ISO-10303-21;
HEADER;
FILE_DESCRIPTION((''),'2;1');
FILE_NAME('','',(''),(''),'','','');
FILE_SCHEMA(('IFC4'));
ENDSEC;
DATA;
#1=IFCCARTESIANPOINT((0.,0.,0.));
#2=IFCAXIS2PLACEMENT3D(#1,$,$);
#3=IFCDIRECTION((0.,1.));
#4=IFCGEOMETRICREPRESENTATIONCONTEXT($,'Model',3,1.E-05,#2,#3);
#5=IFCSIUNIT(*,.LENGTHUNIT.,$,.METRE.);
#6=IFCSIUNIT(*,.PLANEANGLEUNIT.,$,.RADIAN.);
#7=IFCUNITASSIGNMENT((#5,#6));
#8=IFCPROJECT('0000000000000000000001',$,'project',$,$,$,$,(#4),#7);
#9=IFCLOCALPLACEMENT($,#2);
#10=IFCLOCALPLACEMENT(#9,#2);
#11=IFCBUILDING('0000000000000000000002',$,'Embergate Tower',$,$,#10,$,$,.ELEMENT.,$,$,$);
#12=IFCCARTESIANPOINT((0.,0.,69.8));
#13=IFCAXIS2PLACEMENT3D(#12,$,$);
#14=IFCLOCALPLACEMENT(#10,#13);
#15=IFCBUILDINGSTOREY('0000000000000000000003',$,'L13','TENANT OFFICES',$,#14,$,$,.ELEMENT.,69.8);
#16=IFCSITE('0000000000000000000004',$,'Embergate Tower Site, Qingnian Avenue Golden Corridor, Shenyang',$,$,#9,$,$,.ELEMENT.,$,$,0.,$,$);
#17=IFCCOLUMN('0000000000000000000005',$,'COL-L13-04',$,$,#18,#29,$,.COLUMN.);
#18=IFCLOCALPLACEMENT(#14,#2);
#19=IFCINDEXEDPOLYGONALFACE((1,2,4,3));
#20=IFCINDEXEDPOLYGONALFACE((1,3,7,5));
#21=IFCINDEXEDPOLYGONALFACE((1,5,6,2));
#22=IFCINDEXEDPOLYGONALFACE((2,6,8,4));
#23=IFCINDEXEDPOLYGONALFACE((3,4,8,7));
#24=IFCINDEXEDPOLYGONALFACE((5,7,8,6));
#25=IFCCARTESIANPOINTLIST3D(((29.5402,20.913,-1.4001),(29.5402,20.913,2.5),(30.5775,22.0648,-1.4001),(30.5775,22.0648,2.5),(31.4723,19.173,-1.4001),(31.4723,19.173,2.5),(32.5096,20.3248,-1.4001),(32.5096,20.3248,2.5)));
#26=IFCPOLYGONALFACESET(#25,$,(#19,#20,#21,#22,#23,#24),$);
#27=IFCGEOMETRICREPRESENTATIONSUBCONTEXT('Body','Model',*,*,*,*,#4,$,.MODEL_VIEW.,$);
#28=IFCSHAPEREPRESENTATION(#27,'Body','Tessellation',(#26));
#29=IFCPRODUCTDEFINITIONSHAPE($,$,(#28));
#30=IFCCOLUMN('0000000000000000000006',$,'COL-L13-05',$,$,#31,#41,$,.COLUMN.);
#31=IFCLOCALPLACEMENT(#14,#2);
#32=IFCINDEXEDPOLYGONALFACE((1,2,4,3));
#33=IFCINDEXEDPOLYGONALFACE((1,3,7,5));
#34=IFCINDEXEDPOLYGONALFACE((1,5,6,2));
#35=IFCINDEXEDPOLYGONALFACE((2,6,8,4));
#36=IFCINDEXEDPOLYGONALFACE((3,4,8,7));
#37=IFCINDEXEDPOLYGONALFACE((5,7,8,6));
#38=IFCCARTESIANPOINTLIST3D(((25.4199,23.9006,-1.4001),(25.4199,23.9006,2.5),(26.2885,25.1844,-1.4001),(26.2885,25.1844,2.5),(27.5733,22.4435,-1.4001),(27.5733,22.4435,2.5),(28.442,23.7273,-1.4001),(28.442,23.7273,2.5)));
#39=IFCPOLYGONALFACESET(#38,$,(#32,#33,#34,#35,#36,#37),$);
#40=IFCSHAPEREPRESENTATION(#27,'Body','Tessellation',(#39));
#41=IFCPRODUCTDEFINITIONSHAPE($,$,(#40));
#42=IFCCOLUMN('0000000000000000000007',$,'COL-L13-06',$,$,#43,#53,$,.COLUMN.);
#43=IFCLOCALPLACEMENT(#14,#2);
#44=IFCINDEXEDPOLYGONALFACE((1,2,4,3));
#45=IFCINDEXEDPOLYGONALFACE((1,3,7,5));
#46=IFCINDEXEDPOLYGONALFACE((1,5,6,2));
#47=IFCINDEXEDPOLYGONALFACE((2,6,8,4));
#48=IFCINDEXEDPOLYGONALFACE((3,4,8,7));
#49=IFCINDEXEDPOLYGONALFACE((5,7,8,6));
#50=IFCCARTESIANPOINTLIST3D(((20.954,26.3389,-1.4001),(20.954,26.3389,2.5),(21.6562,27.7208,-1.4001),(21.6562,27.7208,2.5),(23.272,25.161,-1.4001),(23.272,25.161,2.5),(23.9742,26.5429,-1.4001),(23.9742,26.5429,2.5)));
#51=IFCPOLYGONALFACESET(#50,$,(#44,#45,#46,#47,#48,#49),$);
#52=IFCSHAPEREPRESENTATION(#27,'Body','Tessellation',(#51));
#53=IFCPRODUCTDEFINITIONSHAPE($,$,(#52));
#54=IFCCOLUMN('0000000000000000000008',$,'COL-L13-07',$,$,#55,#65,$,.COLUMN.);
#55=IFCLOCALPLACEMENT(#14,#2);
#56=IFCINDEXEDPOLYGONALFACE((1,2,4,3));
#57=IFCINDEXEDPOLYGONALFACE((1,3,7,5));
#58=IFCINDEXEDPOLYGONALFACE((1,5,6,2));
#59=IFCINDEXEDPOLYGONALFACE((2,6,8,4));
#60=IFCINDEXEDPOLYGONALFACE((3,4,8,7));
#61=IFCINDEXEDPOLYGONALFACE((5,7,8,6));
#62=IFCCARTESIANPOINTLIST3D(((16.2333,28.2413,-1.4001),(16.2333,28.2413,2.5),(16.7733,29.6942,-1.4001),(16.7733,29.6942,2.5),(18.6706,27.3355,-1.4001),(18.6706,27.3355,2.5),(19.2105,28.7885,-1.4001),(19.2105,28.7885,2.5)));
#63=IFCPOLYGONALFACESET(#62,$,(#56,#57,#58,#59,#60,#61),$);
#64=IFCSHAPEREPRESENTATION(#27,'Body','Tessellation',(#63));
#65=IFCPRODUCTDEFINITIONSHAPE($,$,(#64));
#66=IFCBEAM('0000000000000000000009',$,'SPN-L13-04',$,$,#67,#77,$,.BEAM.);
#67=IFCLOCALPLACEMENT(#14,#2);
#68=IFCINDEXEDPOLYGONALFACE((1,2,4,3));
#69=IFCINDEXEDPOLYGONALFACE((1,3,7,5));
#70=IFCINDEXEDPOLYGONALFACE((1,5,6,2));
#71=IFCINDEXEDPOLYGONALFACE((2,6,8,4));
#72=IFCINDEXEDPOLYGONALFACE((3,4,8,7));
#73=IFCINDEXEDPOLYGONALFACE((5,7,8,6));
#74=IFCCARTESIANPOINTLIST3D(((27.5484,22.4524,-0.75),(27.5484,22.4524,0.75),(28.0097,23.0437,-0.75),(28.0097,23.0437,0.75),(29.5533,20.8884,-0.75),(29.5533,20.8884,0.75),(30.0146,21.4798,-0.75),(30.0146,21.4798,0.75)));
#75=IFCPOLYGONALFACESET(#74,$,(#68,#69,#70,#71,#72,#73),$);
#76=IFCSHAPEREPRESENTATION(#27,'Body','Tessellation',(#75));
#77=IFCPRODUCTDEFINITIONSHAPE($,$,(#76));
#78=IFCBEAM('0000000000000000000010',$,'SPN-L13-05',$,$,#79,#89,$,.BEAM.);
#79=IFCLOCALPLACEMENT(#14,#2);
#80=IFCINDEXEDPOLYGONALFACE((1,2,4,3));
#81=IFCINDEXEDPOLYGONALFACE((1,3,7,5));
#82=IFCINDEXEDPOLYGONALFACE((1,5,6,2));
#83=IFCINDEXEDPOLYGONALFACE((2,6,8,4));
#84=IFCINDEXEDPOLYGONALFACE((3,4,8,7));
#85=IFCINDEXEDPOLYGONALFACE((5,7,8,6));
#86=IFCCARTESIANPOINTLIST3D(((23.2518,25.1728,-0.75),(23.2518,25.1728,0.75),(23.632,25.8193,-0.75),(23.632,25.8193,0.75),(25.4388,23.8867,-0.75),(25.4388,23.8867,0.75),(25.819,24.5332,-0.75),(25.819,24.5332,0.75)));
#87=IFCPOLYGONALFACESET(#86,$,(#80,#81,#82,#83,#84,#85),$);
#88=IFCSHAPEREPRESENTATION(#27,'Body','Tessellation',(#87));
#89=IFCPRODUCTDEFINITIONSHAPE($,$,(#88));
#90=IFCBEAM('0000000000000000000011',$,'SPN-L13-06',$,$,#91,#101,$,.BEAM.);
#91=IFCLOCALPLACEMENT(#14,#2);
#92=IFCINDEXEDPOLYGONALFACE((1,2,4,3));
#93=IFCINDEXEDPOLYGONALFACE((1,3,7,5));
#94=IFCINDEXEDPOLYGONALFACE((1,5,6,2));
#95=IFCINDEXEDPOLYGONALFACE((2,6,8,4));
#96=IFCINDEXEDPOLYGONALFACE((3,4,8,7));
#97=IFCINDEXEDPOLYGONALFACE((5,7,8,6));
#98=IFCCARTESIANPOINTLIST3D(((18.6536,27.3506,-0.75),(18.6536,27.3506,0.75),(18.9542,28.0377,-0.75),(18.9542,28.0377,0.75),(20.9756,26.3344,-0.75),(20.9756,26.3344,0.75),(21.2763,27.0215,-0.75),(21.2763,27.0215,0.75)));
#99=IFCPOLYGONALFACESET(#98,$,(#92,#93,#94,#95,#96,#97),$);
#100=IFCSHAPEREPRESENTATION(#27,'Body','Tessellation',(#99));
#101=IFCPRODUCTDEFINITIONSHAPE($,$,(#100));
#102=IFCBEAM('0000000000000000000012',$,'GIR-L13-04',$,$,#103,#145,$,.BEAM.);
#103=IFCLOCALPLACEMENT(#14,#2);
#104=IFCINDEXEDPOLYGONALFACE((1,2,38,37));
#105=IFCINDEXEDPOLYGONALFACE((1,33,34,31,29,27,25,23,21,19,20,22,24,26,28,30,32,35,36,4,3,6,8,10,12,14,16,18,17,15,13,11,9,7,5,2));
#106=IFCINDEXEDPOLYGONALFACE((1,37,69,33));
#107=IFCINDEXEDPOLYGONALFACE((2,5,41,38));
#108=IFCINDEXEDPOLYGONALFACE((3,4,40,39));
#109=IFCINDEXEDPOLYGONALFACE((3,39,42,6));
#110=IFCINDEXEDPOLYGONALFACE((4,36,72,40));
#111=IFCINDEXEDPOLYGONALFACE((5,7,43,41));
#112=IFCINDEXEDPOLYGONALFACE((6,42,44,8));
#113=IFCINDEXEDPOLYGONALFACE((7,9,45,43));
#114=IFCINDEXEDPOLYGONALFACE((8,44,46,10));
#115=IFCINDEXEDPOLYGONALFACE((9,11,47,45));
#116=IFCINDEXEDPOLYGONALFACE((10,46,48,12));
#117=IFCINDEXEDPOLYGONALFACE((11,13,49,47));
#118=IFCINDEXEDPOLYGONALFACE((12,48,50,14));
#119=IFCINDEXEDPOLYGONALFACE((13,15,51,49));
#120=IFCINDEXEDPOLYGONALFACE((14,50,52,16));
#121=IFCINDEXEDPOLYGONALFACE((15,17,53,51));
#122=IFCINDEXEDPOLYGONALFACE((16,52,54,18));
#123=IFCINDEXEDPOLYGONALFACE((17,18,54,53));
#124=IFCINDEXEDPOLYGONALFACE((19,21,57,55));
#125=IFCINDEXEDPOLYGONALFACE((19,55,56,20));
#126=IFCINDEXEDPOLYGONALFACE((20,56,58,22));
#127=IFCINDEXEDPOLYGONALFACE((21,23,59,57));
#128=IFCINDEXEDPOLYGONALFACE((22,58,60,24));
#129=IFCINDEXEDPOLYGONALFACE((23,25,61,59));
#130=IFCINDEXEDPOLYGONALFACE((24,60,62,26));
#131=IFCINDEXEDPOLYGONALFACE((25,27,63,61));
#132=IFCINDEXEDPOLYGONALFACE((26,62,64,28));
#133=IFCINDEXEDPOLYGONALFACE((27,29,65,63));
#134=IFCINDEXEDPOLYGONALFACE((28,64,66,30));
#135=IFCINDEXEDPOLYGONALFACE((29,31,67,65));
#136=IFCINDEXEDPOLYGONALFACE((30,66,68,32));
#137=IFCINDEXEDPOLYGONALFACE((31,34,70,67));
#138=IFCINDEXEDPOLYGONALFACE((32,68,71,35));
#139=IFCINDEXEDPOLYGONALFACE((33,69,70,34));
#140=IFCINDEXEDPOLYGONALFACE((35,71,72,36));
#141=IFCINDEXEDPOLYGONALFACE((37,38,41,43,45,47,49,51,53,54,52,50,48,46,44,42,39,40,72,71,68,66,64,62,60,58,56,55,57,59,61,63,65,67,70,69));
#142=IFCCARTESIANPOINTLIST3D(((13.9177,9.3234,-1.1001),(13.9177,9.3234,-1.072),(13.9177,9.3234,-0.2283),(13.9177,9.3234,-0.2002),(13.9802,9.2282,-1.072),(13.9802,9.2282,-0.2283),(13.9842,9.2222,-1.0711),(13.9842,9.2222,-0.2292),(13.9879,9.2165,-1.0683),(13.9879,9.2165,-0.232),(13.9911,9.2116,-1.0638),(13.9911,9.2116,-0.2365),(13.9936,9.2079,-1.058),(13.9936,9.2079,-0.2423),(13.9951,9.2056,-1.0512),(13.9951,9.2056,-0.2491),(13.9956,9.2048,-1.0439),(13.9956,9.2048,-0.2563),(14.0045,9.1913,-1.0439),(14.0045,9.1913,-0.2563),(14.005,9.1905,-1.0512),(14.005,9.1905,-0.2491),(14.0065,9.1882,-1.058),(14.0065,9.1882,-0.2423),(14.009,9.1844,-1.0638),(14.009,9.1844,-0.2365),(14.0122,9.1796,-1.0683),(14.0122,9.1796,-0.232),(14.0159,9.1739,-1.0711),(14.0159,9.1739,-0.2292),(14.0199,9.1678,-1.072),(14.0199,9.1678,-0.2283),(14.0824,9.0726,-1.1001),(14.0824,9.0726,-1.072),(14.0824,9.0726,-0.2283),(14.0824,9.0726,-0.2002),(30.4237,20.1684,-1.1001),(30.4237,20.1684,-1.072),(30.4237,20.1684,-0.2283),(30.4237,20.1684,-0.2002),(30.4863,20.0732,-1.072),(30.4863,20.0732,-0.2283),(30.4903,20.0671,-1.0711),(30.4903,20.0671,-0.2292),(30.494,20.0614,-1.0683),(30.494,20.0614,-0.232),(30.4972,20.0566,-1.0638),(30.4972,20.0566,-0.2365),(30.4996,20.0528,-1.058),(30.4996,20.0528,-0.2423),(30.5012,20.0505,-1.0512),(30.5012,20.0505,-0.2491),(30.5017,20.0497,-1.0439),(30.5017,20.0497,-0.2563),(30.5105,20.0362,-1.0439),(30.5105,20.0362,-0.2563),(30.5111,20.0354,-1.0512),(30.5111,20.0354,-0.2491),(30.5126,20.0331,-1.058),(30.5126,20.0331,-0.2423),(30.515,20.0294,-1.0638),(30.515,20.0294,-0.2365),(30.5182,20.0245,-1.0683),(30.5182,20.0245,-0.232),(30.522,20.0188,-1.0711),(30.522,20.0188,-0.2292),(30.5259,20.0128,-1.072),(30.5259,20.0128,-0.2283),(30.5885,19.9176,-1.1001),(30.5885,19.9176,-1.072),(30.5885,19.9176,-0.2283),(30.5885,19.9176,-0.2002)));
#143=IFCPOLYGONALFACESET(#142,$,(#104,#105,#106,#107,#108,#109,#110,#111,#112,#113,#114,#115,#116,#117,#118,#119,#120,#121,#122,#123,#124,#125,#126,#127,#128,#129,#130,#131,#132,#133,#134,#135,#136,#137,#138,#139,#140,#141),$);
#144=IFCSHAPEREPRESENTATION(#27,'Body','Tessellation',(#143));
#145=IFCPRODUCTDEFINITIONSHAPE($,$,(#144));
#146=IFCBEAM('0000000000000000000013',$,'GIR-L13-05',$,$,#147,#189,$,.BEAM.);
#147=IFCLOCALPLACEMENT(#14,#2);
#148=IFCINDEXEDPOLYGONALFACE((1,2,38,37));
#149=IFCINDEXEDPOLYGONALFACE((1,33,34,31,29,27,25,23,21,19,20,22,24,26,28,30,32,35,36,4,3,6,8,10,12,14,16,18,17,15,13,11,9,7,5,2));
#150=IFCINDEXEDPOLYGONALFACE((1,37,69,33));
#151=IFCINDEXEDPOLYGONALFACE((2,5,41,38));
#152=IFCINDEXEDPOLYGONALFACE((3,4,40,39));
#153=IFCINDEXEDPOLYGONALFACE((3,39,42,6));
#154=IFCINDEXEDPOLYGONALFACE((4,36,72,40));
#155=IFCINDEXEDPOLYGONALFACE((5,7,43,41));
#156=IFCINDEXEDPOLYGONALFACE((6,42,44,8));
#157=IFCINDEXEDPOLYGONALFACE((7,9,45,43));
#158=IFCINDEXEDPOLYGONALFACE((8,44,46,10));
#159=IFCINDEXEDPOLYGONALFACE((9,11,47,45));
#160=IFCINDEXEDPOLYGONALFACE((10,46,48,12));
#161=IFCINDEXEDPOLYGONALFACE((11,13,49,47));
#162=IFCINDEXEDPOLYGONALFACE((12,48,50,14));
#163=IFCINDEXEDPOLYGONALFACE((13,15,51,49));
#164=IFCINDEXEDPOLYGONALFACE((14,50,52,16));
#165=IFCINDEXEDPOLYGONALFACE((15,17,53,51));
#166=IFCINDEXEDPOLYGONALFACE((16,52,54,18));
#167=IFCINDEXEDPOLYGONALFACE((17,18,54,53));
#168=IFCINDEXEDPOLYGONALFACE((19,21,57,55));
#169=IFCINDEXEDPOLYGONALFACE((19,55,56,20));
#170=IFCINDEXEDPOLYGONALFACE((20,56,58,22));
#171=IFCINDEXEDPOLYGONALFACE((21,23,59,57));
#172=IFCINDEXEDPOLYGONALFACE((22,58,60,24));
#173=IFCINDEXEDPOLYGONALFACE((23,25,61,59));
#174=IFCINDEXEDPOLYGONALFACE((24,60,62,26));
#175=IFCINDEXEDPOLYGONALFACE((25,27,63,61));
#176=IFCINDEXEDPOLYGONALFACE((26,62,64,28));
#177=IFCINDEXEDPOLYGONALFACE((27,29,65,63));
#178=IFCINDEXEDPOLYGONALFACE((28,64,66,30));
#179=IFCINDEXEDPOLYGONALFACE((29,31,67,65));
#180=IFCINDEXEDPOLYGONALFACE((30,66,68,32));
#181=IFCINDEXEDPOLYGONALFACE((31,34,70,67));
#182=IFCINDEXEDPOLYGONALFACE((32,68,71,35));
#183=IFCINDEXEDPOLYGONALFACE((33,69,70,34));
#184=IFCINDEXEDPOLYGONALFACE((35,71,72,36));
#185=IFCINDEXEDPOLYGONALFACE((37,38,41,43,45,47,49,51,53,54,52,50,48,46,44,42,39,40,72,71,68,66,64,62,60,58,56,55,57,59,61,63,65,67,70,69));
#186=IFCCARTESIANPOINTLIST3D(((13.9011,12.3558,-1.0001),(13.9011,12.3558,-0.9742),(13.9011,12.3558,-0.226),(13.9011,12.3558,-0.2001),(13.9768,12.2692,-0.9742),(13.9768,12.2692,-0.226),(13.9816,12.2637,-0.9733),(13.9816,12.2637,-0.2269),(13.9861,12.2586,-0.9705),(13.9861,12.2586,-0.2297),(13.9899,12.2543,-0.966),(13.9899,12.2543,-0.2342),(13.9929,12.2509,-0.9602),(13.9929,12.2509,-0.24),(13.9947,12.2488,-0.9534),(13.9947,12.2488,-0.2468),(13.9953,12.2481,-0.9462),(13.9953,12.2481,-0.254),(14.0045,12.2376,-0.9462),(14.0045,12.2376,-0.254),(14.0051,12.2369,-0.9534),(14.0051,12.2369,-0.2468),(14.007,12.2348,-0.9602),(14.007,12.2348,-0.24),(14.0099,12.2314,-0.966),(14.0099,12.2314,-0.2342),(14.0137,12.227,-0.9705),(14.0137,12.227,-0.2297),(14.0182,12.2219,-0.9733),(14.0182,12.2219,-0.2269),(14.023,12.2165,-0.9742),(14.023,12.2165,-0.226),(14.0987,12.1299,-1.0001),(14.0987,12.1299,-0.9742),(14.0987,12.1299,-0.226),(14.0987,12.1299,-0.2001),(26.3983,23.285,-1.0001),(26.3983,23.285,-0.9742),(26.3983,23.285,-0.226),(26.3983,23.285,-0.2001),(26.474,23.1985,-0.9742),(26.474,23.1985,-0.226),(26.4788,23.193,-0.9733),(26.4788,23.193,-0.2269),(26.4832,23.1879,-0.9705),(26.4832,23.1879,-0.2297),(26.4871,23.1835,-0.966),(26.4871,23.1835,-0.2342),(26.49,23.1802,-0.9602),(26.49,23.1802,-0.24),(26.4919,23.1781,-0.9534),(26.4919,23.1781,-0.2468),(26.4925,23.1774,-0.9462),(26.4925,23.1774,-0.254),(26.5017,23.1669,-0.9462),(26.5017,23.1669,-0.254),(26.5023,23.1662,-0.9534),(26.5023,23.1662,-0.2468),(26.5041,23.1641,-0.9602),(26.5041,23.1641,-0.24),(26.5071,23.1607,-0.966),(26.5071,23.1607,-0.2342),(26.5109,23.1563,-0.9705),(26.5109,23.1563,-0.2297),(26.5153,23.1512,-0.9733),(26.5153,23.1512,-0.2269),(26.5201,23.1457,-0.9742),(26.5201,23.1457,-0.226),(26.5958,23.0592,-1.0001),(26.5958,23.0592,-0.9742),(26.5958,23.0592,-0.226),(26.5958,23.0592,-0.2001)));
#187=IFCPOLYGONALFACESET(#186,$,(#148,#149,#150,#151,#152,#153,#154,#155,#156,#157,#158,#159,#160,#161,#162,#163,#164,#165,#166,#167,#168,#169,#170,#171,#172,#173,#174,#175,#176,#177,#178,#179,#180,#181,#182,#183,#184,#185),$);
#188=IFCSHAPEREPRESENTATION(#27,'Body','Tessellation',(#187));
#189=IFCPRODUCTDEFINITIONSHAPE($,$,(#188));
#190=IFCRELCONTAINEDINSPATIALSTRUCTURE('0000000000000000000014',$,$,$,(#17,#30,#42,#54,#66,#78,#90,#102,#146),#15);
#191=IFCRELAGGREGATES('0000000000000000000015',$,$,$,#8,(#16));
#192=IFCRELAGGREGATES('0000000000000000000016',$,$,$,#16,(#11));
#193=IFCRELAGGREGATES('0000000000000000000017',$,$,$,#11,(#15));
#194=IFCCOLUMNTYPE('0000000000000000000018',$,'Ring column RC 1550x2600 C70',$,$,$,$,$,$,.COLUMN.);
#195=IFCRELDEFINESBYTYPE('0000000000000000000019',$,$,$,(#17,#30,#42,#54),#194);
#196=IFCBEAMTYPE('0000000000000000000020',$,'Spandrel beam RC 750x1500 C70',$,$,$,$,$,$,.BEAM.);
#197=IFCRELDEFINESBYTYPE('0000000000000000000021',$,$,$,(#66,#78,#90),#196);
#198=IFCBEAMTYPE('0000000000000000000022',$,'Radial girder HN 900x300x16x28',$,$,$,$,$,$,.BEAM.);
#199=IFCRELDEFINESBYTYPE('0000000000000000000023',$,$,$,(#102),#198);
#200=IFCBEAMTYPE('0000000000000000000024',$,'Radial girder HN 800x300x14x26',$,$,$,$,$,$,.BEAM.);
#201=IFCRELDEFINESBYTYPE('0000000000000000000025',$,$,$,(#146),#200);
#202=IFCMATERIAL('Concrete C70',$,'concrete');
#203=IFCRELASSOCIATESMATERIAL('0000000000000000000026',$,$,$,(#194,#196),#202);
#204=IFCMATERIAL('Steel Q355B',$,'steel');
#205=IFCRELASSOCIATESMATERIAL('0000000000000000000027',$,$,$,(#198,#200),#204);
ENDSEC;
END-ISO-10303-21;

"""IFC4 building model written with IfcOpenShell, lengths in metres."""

from ifc_helpers import new_model, si_unit, direction, frame, origin, origin_2d, place, context, subcontext, project, spatial, rectangle, i_section, extrude, source, transform, mapped, material, material_profile, profile_set, type_object, element, save


model = new_model("IFC4")

# Units and contexts
model_context = context("Model", 3, precision=1e-05, world=origin(), true_north=direction((0.0, 1.0)))
body_context = subcontext(model_context, "Body", "Model", "MODEL_VIEW")
ifc_project = project(units=[si_unit("LENGTHUNIT", "METRE"), si_unit("PLANEANGLEUNIT", "RADIAN")], contexts=[model_context])

# Site, building, storey
site_placement = place(None, origin())
site = spatial("IfcSite", under=ifc_project, at=site_placement, Name="Embergate Tower Site, Qingnian Avenue Golden Corridor, Shenyang", CompositionType="ELEMENT", RefElevation=0.0)
building_placement = place(site_placement, origin())
building = spatial("IfcBuilding", under=site, at=building_placement, Name="Embergate Tower", CompositionType="ELEMENT")
storey_placement = place(building_placement, frame((0.0, 0.0, 69.8)))
storey = spatial("IfcBuildingStorey", under=building, at=storey_placement, Name="L13", Description="TENANT OFFICES", CompositionType="ELEMENT", Elevation=69.8)

# Columns
ifc_material_1 = material(Name="Concrete C70", Category="concrete")
ifc_material_profile_1 = material_profile(ifc_material_1, rectangle(XDim=1.55, YDim=2.6001, at=origin_2d()), Name="RC 1550x2600")
ifc_profile_set_1 = profile_set([ifc_material_profile_1], Name="Concrete C70")
column_type = type_object("IfcColumnType", Name="Ring column RC 1550x2600 C70", PredefinedType="COLUMN", material=ifc_profile_set_1)
shared_shape_1 = source(origin(), body_context, "Body", "SweptSolid", [
    extrude(rectangle(XDim=1.55, YDim=2.6001, at=origin_2d()), origin(), (0.0, 0.0, 1.0), 3.9001),
])
for number, where, z_axis, x_axis, name in (
    (1, (31.0249, 20.6189, -1.4001), (0.0, 0.0, 1.0), (0.669208, 0.743075, 0.0), "COL-L13-04"),
    (2, (26.9309, 23.814, -1.4001), (0.0, 0.0, 1.0), (0.560393, 0.828227, 0.0), "COL-L13-05"),
    (3, (22.4641, 26.4409, -1.4001), (0.0, 0.0, 1.0), (0.453011, 0.891505, 0.0), "COL-L13-06"),
    (4, (17.7219, 28.5149, -1.4001), (0.0, 0.0, 1.0), (0.348343, 0.937367, 0.0), "COL-L13-07"),
):
    element("IfcColumn", number, at=place(storey_placement, frame(where, z_axis=z_axis, x_axis=x_axis)), inside=storey, type_object=column_type, Name=name, PredefinedType="COLUMN", context=body_context, shape_type="MappedRepresentation", body=[
        mapped(shared_shape_1, transform((0.0, 0.0, 0.0))),
    ])

# Beams
ifc_material_profile_2 = material_profile(ifc_material_1, rectangle(XDim=0.75, YDim=1.5, at=origin_2d()), Name="RC 750x1500")
ifc_profile_set_2 = profile_set([ifc_material_profile_2], Name="Concrete C70")
beam_type_1 = type_object("IfcBeamType", Name="Spandrel beam RC 750x1500 C70", PredefinedType="BEAM", material=ifc_profile_set_2)
shared_shape_2 = source(origin(), body_context, "Body", "SweptSolid", [
    extrude(rectangle(XDim=0.75, YDim=1.5, at=origin_2d()), origin(), (0.0, 0.0, 1.0), 2.5427),
])
beam_1_placement = place(storey_placement, frame((29.7839, 21.1841, 0.0), z_axis=(-0.788473, 0.61507, 0.0), x_axis=(-0.61507, -0.788473, 0.0)))
element("IfcBeam", 5, at=beam_1_placement, inside=storey, type_object=beam_type_1, Name="SPN-L13-04", PredefinedType="BEAM", context=body_context, shape_type="MappedRepresentation", body=[
    mapped(shared_shape_2, transform((0.0, 0.0, 0.0))),
])
shared_shape_3 = source(origin(), body_context, "Body", "SweptSolid", [
    extrude(rectangle(XDim=0.75, YDim=1.5, at=origin_2d()), origin(), (0.0, 0.0, 1.0), 2.5371),
])
beam_2_placement = place(storey_placement, frame((25.6289, 24.21, 0.0), z_axis=(-0.861994, 0.506919, 0.0), x_axis=(-0.506919, -0.861994, 0.0)))
element("IfcBeam", 6, at=beam_2_placement, inside=storey, type_object=beam_type_1, Name="SPN-L13-05", PredefinedType="BEAM", context=body_context, shape_type="MappedRepresentation", body=[
    mapped(shared_shape_3, transform((0.0, 0.0, 0.0))),
])
shared_shape_4 = source(origin(), body_context, "Body", "SweptSolid", [
    extrude(rectangle(XDim=0.75, YDim=1.5, at=origin_2d()), origin(), (0.0, 0.0, 1.0), 2.5347),
])
beam_3_placement = place(storey_placement, frame((21.126, 26.678, 0.0), z_axis=(-0.916124, 0.400895, 0.0), x_axis=(-0.400895, -0.916124, 0.0)))
element("IfcBeam", 7, at=beam_3_placement, inside=storey, type_object=beam_type_1, Name="SPN-L13-06", PredefinedType="BEAM", context=body_context, shape_type="MappedRepresentation", body=[
    mapped(shared_shape_4, transform((0.0, 0.0, 0.0))),
])
ifc_material_2 = material(Name="Steel Q355B", Category="steel")
ifc_material_profile_3 = material_profile(ifc_material_2, i_section(OverallWidth=0.3, OverallDepth=0.8999, WebThickness=0.0161, FlangeThickness=0.0281, FilletRadius=0.0281, at=origin_2d()), Name="HN 900x300x16x28")
ifc_profile_set_3 = profile_set([ifc_material_profile_3], Name="Steel Q355 grade B")
beam_type_2 = type_object("IfcBeamType", Name="Radial girder HN 900x300x16x28", PredefinedType="BEAM", material=ifc_profile_set_3)
shared_shape_5 = source(origin(), body_context, "Body", "SweptSolid", [
    extrude(i_section(OverallWidth=0.3, OverallDepth=0.8999, WebThickness=0.0161, FlangeThickness=0.0281, FilletRadius=0.0281, at=origin_2d()), origin(), (0.0, 0.0, 1.0), 19.75),
])
beam_4_placement = place(storey_placement, frame((30.5061, 20.043, -0.6501), z_axis=(-0.83575, -0.549111, 0.0), x_axis=(0.549111, -0.83575, 0.0)))
element("IfcBeam", 8, at=beam_4_placement, inside=storey, type_object=beam_type_2, Name="GIR-L13-04", PredefinedType="BEAM", context=body_context, shape_type="MappedRepresentation", body=[
    mapped(shared_shape_5, transform((0.0, 0.0, 0.0))),
])
ifc_material_profile_4 = material_profile(ifc_material_2, i_section(OverallWidth=0.3, OverallDepth=0.8, WebThickness=0.0139, FlangeThickness=0.0259, FilletRadius=0.0281, at=origin_2d()), Name="HN 800x300x14x26")
ifc_profile_set_4 = profile_set([ifc_material_profile_4], Name="Steel Q355 grade B")
beam_type_3 = type_object("IfcBeamType", Name="Radial girder HN 800x300x14x26", PredefinedType="BEAM", material=ifc_profile_set_4)
shared_shape_6 = source(origin(), body_context, "Body", "SweptSolid", [
    extrude(i_section(OverallWidth=0.3, OverallDepth=0.8, WebThickness=0.0139, FlangeThickness=0.0259, FilletRadius=0.0281, at=origin_2d()), origin(), (0.0, 0.0, 1.0), 16.6021),
])
beam_5_placement = place(storey_placement, frame((26.4971, 23.1721, -0.6001), z_axis=(-0.752748, -0.658309, 0.0), x_axis=(0.658309, -0.752748, 0.0)))
element("IfcBeam", 9, at=beam_5_placement, inside=storey, type_object=beam_type_3, Name="GIR-L13-05", PredefinedType="BEAM", context=body_context, shape_type="MappedRepresentation", body=[
    mapped(shared_shape_6, transform((0.0, 0.0, 0.0))),
])

save(model, "model.ifc")
